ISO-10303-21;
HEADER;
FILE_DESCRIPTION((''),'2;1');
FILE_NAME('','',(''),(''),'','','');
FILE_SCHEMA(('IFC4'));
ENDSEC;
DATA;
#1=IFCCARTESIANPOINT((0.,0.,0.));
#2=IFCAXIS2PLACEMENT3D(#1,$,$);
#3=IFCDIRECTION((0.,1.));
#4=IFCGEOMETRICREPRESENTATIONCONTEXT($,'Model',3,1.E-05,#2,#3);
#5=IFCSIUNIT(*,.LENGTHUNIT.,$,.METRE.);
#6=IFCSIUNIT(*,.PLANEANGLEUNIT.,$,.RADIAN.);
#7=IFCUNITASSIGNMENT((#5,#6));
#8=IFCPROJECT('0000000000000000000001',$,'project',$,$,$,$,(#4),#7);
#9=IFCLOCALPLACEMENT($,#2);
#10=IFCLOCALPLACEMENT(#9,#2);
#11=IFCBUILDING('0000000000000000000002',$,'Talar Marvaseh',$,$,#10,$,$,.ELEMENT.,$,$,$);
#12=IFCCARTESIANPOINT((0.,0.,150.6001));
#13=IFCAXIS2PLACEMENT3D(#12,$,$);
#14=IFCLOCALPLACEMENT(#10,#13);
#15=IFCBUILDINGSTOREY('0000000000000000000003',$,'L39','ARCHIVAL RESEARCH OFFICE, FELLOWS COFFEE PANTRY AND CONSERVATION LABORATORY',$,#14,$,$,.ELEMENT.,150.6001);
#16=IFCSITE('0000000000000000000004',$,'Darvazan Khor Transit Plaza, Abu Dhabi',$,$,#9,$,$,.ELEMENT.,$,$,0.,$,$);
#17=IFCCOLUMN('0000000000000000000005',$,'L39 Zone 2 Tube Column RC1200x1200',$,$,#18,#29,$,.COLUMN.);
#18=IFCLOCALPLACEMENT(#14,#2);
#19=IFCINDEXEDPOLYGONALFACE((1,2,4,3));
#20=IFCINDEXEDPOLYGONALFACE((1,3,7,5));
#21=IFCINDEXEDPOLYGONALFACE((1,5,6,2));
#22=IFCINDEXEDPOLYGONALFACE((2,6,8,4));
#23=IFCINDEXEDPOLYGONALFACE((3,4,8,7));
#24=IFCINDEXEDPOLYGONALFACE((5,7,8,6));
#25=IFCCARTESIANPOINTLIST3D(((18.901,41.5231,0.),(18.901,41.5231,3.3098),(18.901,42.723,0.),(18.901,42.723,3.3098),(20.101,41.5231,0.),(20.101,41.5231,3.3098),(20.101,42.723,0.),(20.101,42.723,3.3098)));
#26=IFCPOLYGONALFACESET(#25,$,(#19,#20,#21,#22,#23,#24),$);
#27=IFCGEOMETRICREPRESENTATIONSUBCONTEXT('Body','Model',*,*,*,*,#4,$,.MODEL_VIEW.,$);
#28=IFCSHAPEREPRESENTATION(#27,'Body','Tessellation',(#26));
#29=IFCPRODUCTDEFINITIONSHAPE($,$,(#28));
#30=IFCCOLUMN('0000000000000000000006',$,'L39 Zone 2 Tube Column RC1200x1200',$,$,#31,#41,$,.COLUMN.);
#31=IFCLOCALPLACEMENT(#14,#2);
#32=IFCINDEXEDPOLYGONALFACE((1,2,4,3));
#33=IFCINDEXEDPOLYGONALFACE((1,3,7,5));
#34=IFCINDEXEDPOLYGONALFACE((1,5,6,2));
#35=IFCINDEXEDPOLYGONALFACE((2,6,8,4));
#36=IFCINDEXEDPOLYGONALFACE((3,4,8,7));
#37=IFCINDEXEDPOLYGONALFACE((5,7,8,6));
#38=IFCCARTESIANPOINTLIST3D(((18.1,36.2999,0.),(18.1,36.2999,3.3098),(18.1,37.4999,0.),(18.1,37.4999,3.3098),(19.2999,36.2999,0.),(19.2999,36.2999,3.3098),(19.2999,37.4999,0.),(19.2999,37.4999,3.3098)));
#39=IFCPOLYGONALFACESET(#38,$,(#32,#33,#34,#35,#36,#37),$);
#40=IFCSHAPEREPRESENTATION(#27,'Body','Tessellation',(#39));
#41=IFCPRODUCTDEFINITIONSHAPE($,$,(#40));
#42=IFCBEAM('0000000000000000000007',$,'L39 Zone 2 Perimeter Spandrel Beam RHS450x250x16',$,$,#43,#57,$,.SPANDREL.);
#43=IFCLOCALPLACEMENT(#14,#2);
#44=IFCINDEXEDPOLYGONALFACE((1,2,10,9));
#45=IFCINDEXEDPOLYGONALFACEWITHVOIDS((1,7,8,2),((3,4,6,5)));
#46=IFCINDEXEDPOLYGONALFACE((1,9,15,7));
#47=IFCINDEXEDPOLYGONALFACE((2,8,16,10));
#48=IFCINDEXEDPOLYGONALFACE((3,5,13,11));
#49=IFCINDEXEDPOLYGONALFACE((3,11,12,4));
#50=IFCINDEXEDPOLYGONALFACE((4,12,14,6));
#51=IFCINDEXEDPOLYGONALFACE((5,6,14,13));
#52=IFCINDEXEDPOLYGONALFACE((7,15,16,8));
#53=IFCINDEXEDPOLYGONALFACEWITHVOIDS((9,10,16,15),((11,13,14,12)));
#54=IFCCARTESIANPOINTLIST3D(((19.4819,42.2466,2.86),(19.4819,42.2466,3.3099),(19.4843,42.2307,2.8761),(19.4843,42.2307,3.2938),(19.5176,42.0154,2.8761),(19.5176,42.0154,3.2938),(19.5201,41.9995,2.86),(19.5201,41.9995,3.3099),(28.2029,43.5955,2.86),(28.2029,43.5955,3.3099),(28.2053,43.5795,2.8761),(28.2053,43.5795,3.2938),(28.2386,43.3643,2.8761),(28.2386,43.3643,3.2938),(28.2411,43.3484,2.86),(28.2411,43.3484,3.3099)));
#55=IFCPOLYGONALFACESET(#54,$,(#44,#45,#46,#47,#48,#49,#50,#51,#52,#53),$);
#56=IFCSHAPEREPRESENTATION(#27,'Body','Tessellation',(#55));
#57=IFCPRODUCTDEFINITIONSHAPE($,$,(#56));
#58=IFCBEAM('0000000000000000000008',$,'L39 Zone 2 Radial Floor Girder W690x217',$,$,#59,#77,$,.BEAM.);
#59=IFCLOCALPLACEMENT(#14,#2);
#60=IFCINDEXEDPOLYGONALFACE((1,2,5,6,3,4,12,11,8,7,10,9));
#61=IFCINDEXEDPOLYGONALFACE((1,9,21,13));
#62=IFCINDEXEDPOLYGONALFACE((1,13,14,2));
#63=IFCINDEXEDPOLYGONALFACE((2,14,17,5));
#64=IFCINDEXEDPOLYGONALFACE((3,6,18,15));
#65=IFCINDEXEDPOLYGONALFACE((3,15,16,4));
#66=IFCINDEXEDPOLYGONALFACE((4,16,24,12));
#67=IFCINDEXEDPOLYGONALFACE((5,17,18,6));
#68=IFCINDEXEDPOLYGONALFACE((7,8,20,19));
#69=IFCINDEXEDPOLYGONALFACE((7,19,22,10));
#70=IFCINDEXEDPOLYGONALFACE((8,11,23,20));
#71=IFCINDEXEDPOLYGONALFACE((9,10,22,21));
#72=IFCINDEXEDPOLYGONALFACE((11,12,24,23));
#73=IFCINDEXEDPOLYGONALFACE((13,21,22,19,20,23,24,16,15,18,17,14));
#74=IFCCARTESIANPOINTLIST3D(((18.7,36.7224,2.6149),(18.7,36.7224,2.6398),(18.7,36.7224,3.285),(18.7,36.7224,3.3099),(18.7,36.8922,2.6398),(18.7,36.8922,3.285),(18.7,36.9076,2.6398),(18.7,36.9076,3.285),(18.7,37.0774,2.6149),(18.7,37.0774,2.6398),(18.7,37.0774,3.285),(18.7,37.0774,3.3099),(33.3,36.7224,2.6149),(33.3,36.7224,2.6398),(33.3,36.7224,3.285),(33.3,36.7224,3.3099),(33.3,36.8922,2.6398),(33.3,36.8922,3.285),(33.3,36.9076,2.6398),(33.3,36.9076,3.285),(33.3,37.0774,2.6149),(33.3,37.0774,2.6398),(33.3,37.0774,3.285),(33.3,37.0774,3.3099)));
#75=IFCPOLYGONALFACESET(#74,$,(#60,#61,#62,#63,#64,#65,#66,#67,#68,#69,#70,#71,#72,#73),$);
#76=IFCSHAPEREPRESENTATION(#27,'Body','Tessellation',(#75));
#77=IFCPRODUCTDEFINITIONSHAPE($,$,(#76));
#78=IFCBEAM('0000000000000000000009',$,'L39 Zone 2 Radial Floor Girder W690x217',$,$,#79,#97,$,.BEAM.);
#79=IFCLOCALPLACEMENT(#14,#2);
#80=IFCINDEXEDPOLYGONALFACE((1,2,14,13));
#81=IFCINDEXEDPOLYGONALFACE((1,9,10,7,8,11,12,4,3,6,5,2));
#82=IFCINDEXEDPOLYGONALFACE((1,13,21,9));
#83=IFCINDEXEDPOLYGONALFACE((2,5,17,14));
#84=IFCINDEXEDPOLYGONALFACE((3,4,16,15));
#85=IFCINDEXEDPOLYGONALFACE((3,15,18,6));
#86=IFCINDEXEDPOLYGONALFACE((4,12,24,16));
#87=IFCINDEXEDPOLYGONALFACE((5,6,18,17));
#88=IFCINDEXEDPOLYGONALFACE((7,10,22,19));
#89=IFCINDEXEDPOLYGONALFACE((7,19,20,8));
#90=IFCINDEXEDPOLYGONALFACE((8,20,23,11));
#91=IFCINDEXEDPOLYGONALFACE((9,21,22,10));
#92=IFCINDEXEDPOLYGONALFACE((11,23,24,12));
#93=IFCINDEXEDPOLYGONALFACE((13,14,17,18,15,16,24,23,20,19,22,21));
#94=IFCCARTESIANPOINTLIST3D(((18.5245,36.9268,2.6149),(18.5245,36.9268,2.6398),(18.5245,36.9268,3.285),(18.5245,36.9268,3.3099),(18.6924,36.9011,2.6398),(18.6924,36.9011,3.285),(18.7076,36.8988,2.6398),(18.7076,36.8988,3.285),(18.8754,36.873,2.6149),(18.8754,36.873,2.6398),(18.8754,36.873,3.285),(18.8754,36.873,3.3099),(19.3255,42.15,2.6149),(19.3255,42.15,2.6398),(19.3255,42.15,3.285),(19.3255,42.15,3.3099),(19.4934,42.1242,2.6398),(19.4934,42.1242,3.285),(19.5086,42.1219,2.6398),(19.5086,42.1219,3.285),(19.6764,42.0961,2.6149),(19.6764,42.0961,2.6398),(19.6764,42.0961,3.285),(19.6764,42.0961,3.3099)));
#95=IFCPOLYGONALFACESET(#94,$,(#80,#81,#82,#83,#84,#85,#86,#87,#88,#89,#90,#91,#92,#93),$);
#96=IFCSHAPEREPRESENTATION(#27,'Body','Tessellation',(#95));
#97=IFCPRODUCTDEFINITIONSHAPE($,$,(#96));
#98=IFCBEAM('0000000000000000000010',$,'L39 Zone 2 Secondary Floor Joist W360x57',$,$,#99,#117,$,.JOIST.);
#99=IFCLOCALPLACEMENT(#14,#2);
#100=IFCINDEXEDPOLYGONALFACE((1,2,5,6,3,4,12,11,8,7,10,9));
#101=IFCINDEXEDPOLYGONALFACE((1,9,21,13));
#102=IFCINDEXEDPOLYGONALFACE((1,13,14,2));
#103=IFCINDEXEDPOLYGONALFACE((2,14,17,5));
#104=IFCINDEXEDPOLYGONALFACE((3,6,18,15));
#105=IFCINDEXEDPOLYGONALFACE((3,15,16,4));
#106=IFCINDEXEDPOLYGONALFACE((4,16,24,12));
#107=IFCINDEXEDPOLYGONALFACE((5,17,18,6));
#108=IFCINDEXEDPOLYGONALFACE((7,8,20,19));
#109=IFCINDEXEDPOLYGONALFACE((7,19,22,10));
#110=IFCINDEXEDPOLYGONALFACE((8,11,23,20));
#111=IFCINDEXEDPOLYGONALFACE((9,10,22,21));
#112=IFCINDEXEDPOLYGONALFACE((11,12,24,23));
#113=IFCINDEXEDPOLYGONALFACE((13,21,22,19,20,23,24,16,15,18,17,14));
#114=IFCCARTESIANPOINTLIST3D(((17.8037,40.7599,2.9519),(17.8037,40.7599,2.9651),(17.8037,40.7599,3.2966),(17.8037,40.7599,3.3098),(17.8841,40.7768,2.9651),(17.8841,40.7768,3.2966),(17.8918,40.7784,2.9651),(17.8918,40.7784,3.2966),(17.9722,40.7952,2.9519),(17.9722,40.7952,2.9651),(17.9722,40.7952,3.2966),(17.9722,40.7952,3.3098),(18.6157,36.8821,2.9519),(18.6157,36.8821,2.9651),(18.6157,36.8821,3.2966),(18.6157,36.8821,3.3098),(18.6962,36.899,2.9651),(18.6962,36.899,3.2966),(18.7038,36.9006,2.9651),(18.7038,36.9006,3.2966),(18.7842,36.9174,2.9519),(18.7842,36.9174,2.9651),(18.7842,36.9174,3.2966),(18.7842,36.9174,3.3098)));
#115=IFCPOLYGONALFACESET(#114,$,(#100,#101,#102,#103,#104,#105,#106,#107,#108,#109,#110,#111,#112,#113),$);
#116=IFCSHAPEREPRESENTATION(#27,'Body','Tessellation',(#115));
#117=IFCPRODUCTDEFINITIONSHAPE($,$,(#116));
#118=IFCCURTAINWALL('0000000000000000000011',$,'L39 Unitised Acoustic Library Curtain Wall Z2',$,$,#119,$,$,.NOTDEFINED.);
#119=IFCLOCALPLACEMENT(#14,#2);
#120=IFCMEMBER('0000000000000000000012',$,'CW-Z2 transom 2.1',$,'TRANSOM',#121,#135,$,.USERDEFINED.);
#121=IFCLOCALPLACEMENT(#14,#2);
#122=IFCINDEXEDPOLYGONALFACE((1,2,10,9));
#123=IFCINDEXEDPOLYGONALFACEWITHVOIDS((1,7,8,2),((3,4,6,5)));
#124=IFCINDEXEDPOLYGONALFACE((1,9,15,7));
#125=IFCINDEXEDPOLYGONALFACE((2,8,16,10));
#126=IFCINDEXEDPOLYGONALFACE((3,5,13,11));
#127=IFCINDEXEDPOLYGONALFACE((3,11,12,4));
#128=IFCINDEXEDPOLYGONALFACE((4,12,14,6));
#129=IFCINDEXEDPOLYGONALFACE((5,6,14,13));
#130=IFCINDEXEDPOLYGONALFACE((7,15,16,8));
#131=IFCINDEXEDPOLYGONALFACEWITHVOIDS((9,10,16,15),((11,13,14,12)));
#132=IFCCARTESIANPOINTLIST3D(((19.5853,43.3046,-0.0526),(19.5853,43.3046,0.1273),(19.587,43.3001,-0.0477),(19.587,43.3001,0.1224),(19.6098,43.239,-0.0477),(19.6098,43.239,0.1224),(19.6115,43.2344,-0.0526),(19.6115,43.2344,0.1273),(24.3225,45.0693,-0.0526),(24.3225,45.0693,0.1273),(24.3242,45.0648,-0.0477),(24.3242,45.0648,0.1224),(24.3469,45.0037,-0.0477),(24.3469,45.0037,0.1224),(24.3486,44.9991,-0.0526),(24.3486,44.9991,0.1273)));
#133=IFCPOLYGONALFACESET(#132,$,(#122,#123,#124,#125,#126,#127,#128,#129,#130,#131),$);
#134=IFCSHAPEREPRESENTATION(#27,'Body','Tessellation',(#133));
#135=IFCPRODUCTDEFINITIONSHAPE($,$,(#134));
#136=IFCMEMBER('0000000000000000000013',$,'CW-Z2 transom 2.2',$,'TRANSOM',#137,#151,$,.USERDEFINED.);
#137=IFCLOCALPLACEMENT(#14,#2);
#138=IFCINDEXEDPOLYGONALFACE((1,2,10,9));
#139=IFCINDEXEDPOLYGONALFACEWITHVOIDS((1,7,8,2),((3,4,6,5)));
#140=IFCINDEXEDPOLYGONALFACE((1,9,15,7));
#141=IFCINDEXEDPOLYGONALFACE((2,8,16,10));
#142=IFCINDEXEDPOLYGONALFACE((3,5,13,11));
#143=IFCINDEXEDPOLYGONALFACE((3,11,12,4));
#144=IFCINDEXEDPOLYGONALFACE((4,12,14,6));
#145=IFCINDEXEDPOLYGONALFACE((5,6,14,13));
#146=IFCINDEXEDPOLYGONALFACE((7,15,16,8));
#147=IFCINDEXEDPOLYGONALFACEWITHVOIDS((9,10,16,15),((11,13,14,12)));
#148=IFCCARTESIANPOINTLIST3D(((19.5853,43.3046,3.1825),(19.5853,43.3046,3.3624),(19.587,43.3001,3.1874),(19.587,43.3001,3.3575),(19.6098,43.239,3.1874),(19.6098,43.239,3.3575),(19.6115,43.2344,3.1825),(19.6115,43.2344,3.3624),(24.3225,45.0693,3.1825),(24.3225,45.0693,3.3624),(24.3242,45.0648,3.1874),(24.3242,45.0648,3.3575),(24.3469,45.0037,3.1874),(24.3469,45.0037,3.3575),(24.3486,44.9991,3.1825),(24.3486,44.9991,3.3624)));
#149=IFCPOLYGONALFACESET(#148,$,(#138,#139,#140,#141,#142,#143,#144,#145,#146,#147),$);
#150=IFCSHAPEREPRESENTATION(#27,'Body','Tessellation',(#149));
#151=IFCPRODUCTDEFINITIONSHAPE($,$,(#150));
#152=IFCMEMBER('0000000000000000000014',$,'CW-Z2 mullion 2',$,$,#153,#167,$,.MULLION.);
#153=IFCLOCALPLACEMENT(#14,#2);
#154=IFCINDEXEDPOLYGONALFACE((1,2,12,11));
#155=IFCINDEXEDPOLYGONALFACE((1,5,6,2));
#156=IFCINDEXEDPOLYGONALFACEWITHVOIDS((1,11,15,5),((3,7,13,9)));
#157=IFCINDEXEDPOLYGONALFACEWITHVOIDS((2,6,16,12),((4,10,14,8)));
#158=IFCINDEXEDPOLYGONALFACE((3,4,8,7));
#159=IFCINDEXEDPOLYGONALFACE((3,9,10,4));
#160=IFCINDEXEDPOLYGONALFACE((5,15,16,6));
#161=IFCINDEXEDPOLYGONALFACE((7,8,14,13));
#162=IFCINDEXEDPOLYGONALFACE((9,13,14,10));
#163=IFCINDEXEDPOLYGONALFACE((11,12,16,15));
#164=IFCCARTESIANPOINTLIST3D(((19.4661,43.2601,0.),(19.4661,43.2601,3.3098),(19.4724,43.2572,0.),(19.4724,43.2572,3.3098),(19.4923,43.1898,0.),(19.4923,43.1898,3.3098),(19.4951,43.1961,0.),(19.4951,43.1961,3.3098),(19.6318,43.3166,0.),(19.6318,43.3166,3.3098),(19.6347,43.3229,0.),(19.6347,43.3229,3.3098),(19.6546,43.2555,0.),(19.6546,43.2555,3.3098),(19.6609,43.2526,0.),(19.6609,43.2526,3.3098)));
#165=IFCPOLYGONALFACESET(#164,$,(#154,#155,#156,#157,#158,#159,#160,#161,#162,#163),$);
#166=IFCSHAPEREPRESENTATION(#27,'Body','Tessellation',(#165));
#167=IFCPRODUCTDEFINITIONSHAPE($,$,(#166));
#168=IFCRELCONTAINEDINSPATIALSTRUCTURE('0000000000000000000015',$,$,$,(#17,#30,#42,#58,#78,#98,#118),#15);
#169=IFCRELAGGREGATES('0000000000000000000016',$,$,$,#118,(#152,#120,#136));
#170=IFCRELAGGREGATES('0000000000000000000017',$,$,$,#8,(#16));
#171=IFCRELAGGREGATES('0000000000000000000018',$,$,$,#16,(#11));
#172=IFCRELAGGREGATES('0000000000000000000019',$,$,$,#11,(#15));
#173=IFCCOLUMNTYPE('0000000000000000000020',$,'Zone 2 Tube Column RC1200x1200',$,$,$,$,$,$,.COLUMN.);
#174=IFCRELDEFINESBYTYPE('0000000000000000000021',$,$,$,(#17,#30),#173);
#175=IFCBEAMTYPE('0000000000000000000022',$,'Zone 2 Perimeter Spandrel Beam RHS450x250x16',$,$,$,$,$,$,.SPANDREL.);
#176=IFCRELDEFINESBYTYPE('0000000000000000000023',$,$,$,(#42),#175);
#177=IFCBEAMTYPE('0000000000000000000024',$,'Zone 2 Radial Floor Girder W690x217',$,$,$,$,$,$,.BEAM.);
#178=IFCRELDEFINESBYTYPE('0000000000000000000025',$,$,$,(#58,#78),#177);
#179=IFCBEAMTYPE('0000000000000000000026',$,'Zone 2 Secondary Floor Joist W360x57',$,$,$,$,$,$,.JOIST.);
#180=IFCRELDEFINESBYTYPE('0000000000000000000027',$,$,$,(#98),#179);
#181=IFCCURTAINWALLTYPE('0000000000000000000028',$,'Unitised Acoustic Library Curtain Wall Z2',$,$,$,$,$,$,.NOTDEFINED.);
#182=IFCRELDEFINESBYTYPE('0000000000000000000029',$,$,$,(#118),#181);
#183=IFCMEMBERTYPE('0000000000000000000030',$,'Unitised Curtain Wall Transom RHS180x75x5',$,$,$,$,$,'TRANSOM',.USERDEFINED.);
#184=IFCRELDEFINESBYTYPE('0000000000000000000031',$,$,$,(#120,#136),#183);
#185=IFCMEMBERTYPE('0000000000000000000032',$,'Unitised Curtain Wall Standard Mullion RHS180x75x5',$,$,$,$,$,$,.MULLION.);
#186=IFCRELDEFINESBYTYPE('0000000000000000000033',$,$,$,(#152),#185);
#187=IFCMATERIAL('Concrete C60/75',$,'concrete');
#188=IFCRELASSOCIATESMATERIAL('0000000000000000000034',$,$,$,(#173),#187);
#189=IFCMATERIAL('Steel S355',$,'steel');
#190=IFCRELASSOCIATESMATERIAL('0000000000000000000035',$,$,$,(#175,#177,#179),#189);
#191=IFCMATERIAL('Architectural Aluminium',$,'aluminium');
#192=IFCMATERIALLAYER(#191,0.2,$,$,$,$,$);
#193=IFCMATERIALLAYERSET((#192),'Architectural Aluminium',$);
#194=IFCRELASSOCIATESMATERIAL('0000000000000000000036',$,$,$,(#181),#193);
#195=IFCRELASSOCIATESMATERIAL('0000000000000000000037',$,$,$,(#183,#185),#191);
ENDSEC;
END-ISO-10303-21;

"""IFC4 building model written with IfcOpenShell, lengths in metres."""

from ifc_helpers import new_model, si_unit, direction, frame, origin, origin_2d, place, context, subcontext, project, spatial, rectangle, hollow_rectangle, i_section, extrude, source, transform, mapped, material, layer, layer_set, material_profile, profile_set, type_object, type_shapes, element, aggregate, save


model = new_model("IFC4")

# Units and contexts
model_context = context("Model", 3, precision=1e-05, world=origin(), true_north=direction((0.0, 1.0)))
body_context = subcontext(model_context, "Body", "Model", "MODEL_VIEW")
ifc_project = project(units=[si_unit("LENGTHUNIT", "METRE"), si_unit("PLANEANGLEUNIT", "RADIAN")], contexts=[model_context])

# Site, building, storey
site_placement = place(None, origin())
site = spatial("IfcSite", under=ifc_project, at=site_placement, Name="Darvazan Khor Transit Plaza, Abu Dhabi", CompositionType="ELEMENT", RefElevation=0.0)
building_placement = place(site_placement, origin())
building = spatial("IfcBuilding", under=site, at=building_placement, Name="Talar Marvaseh", CompositionType="ELEMENT")
storey_placement = place(building_placement, frame((0.0, 0.0, 150.6001)))
storey = spatial("IfcBuildingStorey", under=building, at=storey_placement, Name="L39", Description="ARCHIVAL RESEARCH OFFICE, FELLOWS COFFEE PANTRY AND CONSERVATION LABORATORY", CompositionType="ELEMENT", Elevation=150.6001)

# Columns
ifc_material_1 = material(Name="Concrete C60/75", Category="concrete")
ifc_material_profile_1 = material_profile(ifc_material_1, rectangle(XDim=1.2, YDim=1.2, at=origin_2d()), Name="RC1200x1200")
ifc_profile_set_1 = profile_set([ifc_material_profile_1], Name="Concrete C60/75")
column_type = type_object("IfcColumnType", Name="Zone 2 Tube Column RC1200x1200", PredefinedType="COLUMN", material=ifc_profile_set_1)
for number, where, z_axis, x_axis, name in (
    (1, (19.501, 42.123, 0.0), (0.0, 0.0, 1.0), (1.0, 0.0, 0.0), "L39 Zone 2 Tube Column RC1200x1200"),
    (2, (18.7, 36.8999, 0.0), (0.0, 0.0, 1.0), (1.0, 0.0, 0.0), "L39 Zone 2 Tube Column RC1200x1200"),
):
    element("IfcColumn", number, at=place(storey_placement, frame(where, z_axis=z_axis, x_axis=x_axis)), inside=storey, type_object=column_type, Name=name, PredefinedType="COLUMN", context=body_context, shape_type="SweptSolid", body=[
        extrude(rectangle(XDim=1.2, YDim=1.2, at=origin_2d()), origin(), (0.0, 0.0, 1.0), 3.3098),
    ])

# Beams
ifc_material_2 = material(Name="Steel S355", Category="steel")
ifc_material_profile_2 = material_profile(ifc_material_2, hollow_rectangle(XDim=0.25, YDim=0.45, WallThickness=0.0161, at=origin_2d()), Name="RHS450x250x16")
ifc_profile_set_2 = profile_set([ifc_material_profile_2], Name="Steel S355")
beam_type_1 = type_object("IfcBeamType", Name="Zone 2 Perimeter Spandrel Beam RHS450x250x16", PredefinedType="SPANDREL", material=ifc_profile_set_2)
beam_1_placement = place(storey_placement, frame((19.501, 42.123, 3.085), z_axis=(0.988249, 0.152853, 0.0), x_axis=(-0.152853, 0.988249, 0.0)))
element("IfcBeam", 3, at=beam_1_placement, inside=storey, type_object=beam_type_1, Name="L39 Zone 2 Perimeter Spandrel Beam RHS450x250x16", PredefinedType="SPANDREL", context=body_context, shape_type="SweptSolid", body=[
    extrude(hollow_rectangle(XDim=0.25, YDim=0.45, WallThickness=0.0161, at=origin_2d()), origin(), (0.0, 0.0, 1.0), 8.8247),
])
ifc_material_profile_3 = material_profile(ifc_material_2, i_section(OverallWidth=0.355, OverallDepth=0.6951, WebThickness=0.0154, FlangeThickness=0.0249, at=origin_2d()), Name="W690x217")
ifc_profile_set_3 = profile_set([ifc_material_profile_3], Name="Steel S355")
beam_type_2 = type_object("IfcBeamType", Name="Zone 2 Radial Floor Girder W690x217", PredefinedType="BEAM", material=ifc_profile_set_3)
beam_2_placement = place(storey_placement, frame((18.7, 36.8999, 2.9624), z_axis=(1.0, 0.0, 0.0), x_axis=(0.0, 1.0, 0.0)))
element("IfcBeam", 4, at=beam_2_placement, inside=storey, type_object=beam_type_2, Name="L39 Zone 2 Radial Floor Girder W690x217", PredefinedType="BEAM", context=body_context, shape_type="SweptSolid", body=[
    extrude(i_section(OverallWidth=0.355, OverallDepth=0.6951, WebThickness=0.0154, FlangeThickness=0.0249, at=origin_2d()), origin(), (0.0, 0.0, 1.0), 14.6001),
])
beam_3_placement = place(storey_placement, frame((19.501, 42.123, 2.9624), z_axis=(-0.151588, -0.988444, 0.0), x_axis=(0.988444, -0.151588, 0.0)))
element("IfcBeam", 5, at=beam_3_placement, inside=storey, type_object=beam_type_2, Name="L39 Zone 2 Radial Floor Girder W690x217", PredefinedType="BEAM", context=body_context, shape_type="SweptSolid", body=[
    extrude(i_section(OverallWidth=0.355, OverallDepth=0.6951, WebThickness=0.0154, FlangeThickness=0.0249, at=origin_2d()), origin(), (0.0, 0.0, 1.0), 5.2842),
])
ifc_material_profile_4 = material_profile(ifc_material_2, i_section(OverallWidth=0.1721, OverallDepth=0.3579, WebThickness=0.0078, FlangeThickness=0.0132, at=origin_2d()), Name="W360x57")
ifc_profile_set_4 = profile_set([ifc_material_profile_4], Name="Steel S355")
beam_type_3 = type_object("IfcBeamType", Name="Zone 2 Secondary Floor Joist W360x57", PredefinedType="JOIST", material=ifc_profile_set_4)
beam_4_placement = place(storey_placement, frame((17.8879, 40.7776, 3.1309), z_axis=(0.204961, -0.97877, 0.0), x_axis=(0.97877, 0.204961, 0.0)))
element("IfcBeam", 6, at=beam_4_placement, inside=storey, type_object=beam_type_3, Name="L39 Zone 2 Secondary Floor Joist W360x57", PredefinedType="JOIST", context=body_context, shape_type="SweptSolid", body=[
    extrude(i_section(OverallWidth=0.1721, OverallDepth=0.3579, WebThickness=0.0078, FlangeThickness=0.0132, at=origin_2d()), origin(), (0.0, 0.0, 1.0), 3.9619),
])

# Curtain wall, members
ifc_material_3 = material(Name="Architectural Aluminium", Category="aluminium")
ifc_layer_1 = layer(ifc_material_3, 0.2)
ifc_layer_set_1 = layer_set([ifc_layer_1], Name="Architectural Aluminium")
curtain_wall_type = type_object("IfcCurtainWallType", Name="Unitised Acoustic Library Curtain Wall Z2", PredefinedType="NOTDEFINED", material=ifc_layer_set_1)
curtain_wall_placement = place(storey_placement, origin())
curtain_wall = element("IfcCurtainWall", 7, at=curtain_wall_placement, inside=storey, type_object=curtain_wall_type, Name="L39 Unitised Acoustic Library Curtain Wall Z2", PredefinedType="NOTDEFINED")
ifc_material_profile_5 = material_profile(ifc_material_3, hollow_rectangle(XDim=0.075, YDim=0.1799, WallThickness=0.0049, at=origin_2d()), Name="RHS180x75x5")
ifc_profile_set_5 = profile_set([ifc_material_profile_5], Name="Architectural Aluminium")
member_type_1 = type_object("IfcMemberType", Name="Unitised Curtain Wall Transom RHS180x75x5", ElementType="TRANSOM", PredefinedType="USERDEFINED", material=ifc_profile_set_5)
shared_shape_1 = source(origin(), body_context, "Body", "SweptSolid", [
    extrude(hollow_rectangle(XDim=0.075, YDim=0.1799, WallThickness=0.0049, at=origin_2d()), origin(), (0.0, 0.0, 1.0), 5.0552),
])
type_shapes(member_type_1, [shared_shape_1])
member_1_placement = place(storey_placement, frame((19.5984, 43.2695, 0.0374), z_axis=(0.937091, 0.349085, 0.0), x_axis=(-0.349085, 0.937091, 0.0)))
member_1 = element("IfcMember", 8, at=member_1_placement, type_object=member_type_1, Name="CW-Z2 transom 2.1", ObjectType="TRANSOM", PredefinedType="USERDEFINED", context=body_context, shape_type="MappedRepresentation", body=[
    mapped(shared_shape_1, transform((0.0, 0.0, 0.0), x_axis=(1.0, 0.0, 0.0), y_axis=(0.0, 1.0, 0.0), z_axis=(0.0, 0.0, 1.0), scale=1.0)),
])
member_2_placement = place(storey_placement, frame((19.5984, 43.2695, 3.2725), z_axis=(0.937091, 0.349085, 0.0), x_axis=(-0.349085, 0.937091, 0.0)))
member_2 = element("IfcMember", 9, at=member_2_placement, type_object=member_type_1, Name="CW-Z2 transom 2.2", ObjectType="TRANSOM", PredefinedType="USERDEFINED", context=body_context, shape_type="MappedRepresentation", body=[
    mapped(shared_shape_1, transform((0.0, 0.0, 0.0), x_axis=(1.0, 0.0, 0.0), y_axis=(0.0, 1.0, 0.0), z_axis=(0.0, 0.0, 1.0), scale=1.0)),
])
ifc_material_profile_6 = material_profile(ifc_material_3, hollow_rectangle(XDim=0.075, YDim=0.1799, WallThickness=0.0049, at=origin_2d()), Name="RHS180x75x5")
ifc_profile_set_6 = profile_set([ifc_material_profile_6], Name="Architectural Aluminium")
member_type_2 = type_object("IfcMemberType", Name="Unitised Curtain Wall Standard Mullion RHS180x75x5", PredefinedType="MULLION", material=ifc_profile_set_6)
shared_shape_2 = source(origin(), body_context, "Body", "SweptSolid", [
    extrude(hollow_rectangle(XDim=0.075, YDim=0.1799, WallThickness=0.0049, at=origin_2d()), origin(), (0.0, 0.0, 1.0), 3.3098),
])
type_shapes(member_type_2, [shared_shape_2])
member_3_placement = place(storey_placement, frame((19.5635, 43.2563, 0.0), z_axis=(0.0, 0.0, 1.0), x_axis=(-0.349096, 0.937087, 0.0)))
member_3 = element("IfcMember", 10, at=member_3_placement, type_object=member_type_2, Name="CW-Z2 mullion 2", PredefinedType="MULLION", context=body_context, shape_type="MappedRepresentation", body=[
    mapped(shared_shape_2, transform((0.0, 0.0, 0.0), x_axis=(1.0, 0.0, 0.0), y_axis=(0.0, 1.0, 0.0), z_axis=(0.0, 0.0, 1.0), scale=1.0)),
])
aggregate(curtain_wall, [member_3, member_1, member_2])

save(model, "model.ifc")
